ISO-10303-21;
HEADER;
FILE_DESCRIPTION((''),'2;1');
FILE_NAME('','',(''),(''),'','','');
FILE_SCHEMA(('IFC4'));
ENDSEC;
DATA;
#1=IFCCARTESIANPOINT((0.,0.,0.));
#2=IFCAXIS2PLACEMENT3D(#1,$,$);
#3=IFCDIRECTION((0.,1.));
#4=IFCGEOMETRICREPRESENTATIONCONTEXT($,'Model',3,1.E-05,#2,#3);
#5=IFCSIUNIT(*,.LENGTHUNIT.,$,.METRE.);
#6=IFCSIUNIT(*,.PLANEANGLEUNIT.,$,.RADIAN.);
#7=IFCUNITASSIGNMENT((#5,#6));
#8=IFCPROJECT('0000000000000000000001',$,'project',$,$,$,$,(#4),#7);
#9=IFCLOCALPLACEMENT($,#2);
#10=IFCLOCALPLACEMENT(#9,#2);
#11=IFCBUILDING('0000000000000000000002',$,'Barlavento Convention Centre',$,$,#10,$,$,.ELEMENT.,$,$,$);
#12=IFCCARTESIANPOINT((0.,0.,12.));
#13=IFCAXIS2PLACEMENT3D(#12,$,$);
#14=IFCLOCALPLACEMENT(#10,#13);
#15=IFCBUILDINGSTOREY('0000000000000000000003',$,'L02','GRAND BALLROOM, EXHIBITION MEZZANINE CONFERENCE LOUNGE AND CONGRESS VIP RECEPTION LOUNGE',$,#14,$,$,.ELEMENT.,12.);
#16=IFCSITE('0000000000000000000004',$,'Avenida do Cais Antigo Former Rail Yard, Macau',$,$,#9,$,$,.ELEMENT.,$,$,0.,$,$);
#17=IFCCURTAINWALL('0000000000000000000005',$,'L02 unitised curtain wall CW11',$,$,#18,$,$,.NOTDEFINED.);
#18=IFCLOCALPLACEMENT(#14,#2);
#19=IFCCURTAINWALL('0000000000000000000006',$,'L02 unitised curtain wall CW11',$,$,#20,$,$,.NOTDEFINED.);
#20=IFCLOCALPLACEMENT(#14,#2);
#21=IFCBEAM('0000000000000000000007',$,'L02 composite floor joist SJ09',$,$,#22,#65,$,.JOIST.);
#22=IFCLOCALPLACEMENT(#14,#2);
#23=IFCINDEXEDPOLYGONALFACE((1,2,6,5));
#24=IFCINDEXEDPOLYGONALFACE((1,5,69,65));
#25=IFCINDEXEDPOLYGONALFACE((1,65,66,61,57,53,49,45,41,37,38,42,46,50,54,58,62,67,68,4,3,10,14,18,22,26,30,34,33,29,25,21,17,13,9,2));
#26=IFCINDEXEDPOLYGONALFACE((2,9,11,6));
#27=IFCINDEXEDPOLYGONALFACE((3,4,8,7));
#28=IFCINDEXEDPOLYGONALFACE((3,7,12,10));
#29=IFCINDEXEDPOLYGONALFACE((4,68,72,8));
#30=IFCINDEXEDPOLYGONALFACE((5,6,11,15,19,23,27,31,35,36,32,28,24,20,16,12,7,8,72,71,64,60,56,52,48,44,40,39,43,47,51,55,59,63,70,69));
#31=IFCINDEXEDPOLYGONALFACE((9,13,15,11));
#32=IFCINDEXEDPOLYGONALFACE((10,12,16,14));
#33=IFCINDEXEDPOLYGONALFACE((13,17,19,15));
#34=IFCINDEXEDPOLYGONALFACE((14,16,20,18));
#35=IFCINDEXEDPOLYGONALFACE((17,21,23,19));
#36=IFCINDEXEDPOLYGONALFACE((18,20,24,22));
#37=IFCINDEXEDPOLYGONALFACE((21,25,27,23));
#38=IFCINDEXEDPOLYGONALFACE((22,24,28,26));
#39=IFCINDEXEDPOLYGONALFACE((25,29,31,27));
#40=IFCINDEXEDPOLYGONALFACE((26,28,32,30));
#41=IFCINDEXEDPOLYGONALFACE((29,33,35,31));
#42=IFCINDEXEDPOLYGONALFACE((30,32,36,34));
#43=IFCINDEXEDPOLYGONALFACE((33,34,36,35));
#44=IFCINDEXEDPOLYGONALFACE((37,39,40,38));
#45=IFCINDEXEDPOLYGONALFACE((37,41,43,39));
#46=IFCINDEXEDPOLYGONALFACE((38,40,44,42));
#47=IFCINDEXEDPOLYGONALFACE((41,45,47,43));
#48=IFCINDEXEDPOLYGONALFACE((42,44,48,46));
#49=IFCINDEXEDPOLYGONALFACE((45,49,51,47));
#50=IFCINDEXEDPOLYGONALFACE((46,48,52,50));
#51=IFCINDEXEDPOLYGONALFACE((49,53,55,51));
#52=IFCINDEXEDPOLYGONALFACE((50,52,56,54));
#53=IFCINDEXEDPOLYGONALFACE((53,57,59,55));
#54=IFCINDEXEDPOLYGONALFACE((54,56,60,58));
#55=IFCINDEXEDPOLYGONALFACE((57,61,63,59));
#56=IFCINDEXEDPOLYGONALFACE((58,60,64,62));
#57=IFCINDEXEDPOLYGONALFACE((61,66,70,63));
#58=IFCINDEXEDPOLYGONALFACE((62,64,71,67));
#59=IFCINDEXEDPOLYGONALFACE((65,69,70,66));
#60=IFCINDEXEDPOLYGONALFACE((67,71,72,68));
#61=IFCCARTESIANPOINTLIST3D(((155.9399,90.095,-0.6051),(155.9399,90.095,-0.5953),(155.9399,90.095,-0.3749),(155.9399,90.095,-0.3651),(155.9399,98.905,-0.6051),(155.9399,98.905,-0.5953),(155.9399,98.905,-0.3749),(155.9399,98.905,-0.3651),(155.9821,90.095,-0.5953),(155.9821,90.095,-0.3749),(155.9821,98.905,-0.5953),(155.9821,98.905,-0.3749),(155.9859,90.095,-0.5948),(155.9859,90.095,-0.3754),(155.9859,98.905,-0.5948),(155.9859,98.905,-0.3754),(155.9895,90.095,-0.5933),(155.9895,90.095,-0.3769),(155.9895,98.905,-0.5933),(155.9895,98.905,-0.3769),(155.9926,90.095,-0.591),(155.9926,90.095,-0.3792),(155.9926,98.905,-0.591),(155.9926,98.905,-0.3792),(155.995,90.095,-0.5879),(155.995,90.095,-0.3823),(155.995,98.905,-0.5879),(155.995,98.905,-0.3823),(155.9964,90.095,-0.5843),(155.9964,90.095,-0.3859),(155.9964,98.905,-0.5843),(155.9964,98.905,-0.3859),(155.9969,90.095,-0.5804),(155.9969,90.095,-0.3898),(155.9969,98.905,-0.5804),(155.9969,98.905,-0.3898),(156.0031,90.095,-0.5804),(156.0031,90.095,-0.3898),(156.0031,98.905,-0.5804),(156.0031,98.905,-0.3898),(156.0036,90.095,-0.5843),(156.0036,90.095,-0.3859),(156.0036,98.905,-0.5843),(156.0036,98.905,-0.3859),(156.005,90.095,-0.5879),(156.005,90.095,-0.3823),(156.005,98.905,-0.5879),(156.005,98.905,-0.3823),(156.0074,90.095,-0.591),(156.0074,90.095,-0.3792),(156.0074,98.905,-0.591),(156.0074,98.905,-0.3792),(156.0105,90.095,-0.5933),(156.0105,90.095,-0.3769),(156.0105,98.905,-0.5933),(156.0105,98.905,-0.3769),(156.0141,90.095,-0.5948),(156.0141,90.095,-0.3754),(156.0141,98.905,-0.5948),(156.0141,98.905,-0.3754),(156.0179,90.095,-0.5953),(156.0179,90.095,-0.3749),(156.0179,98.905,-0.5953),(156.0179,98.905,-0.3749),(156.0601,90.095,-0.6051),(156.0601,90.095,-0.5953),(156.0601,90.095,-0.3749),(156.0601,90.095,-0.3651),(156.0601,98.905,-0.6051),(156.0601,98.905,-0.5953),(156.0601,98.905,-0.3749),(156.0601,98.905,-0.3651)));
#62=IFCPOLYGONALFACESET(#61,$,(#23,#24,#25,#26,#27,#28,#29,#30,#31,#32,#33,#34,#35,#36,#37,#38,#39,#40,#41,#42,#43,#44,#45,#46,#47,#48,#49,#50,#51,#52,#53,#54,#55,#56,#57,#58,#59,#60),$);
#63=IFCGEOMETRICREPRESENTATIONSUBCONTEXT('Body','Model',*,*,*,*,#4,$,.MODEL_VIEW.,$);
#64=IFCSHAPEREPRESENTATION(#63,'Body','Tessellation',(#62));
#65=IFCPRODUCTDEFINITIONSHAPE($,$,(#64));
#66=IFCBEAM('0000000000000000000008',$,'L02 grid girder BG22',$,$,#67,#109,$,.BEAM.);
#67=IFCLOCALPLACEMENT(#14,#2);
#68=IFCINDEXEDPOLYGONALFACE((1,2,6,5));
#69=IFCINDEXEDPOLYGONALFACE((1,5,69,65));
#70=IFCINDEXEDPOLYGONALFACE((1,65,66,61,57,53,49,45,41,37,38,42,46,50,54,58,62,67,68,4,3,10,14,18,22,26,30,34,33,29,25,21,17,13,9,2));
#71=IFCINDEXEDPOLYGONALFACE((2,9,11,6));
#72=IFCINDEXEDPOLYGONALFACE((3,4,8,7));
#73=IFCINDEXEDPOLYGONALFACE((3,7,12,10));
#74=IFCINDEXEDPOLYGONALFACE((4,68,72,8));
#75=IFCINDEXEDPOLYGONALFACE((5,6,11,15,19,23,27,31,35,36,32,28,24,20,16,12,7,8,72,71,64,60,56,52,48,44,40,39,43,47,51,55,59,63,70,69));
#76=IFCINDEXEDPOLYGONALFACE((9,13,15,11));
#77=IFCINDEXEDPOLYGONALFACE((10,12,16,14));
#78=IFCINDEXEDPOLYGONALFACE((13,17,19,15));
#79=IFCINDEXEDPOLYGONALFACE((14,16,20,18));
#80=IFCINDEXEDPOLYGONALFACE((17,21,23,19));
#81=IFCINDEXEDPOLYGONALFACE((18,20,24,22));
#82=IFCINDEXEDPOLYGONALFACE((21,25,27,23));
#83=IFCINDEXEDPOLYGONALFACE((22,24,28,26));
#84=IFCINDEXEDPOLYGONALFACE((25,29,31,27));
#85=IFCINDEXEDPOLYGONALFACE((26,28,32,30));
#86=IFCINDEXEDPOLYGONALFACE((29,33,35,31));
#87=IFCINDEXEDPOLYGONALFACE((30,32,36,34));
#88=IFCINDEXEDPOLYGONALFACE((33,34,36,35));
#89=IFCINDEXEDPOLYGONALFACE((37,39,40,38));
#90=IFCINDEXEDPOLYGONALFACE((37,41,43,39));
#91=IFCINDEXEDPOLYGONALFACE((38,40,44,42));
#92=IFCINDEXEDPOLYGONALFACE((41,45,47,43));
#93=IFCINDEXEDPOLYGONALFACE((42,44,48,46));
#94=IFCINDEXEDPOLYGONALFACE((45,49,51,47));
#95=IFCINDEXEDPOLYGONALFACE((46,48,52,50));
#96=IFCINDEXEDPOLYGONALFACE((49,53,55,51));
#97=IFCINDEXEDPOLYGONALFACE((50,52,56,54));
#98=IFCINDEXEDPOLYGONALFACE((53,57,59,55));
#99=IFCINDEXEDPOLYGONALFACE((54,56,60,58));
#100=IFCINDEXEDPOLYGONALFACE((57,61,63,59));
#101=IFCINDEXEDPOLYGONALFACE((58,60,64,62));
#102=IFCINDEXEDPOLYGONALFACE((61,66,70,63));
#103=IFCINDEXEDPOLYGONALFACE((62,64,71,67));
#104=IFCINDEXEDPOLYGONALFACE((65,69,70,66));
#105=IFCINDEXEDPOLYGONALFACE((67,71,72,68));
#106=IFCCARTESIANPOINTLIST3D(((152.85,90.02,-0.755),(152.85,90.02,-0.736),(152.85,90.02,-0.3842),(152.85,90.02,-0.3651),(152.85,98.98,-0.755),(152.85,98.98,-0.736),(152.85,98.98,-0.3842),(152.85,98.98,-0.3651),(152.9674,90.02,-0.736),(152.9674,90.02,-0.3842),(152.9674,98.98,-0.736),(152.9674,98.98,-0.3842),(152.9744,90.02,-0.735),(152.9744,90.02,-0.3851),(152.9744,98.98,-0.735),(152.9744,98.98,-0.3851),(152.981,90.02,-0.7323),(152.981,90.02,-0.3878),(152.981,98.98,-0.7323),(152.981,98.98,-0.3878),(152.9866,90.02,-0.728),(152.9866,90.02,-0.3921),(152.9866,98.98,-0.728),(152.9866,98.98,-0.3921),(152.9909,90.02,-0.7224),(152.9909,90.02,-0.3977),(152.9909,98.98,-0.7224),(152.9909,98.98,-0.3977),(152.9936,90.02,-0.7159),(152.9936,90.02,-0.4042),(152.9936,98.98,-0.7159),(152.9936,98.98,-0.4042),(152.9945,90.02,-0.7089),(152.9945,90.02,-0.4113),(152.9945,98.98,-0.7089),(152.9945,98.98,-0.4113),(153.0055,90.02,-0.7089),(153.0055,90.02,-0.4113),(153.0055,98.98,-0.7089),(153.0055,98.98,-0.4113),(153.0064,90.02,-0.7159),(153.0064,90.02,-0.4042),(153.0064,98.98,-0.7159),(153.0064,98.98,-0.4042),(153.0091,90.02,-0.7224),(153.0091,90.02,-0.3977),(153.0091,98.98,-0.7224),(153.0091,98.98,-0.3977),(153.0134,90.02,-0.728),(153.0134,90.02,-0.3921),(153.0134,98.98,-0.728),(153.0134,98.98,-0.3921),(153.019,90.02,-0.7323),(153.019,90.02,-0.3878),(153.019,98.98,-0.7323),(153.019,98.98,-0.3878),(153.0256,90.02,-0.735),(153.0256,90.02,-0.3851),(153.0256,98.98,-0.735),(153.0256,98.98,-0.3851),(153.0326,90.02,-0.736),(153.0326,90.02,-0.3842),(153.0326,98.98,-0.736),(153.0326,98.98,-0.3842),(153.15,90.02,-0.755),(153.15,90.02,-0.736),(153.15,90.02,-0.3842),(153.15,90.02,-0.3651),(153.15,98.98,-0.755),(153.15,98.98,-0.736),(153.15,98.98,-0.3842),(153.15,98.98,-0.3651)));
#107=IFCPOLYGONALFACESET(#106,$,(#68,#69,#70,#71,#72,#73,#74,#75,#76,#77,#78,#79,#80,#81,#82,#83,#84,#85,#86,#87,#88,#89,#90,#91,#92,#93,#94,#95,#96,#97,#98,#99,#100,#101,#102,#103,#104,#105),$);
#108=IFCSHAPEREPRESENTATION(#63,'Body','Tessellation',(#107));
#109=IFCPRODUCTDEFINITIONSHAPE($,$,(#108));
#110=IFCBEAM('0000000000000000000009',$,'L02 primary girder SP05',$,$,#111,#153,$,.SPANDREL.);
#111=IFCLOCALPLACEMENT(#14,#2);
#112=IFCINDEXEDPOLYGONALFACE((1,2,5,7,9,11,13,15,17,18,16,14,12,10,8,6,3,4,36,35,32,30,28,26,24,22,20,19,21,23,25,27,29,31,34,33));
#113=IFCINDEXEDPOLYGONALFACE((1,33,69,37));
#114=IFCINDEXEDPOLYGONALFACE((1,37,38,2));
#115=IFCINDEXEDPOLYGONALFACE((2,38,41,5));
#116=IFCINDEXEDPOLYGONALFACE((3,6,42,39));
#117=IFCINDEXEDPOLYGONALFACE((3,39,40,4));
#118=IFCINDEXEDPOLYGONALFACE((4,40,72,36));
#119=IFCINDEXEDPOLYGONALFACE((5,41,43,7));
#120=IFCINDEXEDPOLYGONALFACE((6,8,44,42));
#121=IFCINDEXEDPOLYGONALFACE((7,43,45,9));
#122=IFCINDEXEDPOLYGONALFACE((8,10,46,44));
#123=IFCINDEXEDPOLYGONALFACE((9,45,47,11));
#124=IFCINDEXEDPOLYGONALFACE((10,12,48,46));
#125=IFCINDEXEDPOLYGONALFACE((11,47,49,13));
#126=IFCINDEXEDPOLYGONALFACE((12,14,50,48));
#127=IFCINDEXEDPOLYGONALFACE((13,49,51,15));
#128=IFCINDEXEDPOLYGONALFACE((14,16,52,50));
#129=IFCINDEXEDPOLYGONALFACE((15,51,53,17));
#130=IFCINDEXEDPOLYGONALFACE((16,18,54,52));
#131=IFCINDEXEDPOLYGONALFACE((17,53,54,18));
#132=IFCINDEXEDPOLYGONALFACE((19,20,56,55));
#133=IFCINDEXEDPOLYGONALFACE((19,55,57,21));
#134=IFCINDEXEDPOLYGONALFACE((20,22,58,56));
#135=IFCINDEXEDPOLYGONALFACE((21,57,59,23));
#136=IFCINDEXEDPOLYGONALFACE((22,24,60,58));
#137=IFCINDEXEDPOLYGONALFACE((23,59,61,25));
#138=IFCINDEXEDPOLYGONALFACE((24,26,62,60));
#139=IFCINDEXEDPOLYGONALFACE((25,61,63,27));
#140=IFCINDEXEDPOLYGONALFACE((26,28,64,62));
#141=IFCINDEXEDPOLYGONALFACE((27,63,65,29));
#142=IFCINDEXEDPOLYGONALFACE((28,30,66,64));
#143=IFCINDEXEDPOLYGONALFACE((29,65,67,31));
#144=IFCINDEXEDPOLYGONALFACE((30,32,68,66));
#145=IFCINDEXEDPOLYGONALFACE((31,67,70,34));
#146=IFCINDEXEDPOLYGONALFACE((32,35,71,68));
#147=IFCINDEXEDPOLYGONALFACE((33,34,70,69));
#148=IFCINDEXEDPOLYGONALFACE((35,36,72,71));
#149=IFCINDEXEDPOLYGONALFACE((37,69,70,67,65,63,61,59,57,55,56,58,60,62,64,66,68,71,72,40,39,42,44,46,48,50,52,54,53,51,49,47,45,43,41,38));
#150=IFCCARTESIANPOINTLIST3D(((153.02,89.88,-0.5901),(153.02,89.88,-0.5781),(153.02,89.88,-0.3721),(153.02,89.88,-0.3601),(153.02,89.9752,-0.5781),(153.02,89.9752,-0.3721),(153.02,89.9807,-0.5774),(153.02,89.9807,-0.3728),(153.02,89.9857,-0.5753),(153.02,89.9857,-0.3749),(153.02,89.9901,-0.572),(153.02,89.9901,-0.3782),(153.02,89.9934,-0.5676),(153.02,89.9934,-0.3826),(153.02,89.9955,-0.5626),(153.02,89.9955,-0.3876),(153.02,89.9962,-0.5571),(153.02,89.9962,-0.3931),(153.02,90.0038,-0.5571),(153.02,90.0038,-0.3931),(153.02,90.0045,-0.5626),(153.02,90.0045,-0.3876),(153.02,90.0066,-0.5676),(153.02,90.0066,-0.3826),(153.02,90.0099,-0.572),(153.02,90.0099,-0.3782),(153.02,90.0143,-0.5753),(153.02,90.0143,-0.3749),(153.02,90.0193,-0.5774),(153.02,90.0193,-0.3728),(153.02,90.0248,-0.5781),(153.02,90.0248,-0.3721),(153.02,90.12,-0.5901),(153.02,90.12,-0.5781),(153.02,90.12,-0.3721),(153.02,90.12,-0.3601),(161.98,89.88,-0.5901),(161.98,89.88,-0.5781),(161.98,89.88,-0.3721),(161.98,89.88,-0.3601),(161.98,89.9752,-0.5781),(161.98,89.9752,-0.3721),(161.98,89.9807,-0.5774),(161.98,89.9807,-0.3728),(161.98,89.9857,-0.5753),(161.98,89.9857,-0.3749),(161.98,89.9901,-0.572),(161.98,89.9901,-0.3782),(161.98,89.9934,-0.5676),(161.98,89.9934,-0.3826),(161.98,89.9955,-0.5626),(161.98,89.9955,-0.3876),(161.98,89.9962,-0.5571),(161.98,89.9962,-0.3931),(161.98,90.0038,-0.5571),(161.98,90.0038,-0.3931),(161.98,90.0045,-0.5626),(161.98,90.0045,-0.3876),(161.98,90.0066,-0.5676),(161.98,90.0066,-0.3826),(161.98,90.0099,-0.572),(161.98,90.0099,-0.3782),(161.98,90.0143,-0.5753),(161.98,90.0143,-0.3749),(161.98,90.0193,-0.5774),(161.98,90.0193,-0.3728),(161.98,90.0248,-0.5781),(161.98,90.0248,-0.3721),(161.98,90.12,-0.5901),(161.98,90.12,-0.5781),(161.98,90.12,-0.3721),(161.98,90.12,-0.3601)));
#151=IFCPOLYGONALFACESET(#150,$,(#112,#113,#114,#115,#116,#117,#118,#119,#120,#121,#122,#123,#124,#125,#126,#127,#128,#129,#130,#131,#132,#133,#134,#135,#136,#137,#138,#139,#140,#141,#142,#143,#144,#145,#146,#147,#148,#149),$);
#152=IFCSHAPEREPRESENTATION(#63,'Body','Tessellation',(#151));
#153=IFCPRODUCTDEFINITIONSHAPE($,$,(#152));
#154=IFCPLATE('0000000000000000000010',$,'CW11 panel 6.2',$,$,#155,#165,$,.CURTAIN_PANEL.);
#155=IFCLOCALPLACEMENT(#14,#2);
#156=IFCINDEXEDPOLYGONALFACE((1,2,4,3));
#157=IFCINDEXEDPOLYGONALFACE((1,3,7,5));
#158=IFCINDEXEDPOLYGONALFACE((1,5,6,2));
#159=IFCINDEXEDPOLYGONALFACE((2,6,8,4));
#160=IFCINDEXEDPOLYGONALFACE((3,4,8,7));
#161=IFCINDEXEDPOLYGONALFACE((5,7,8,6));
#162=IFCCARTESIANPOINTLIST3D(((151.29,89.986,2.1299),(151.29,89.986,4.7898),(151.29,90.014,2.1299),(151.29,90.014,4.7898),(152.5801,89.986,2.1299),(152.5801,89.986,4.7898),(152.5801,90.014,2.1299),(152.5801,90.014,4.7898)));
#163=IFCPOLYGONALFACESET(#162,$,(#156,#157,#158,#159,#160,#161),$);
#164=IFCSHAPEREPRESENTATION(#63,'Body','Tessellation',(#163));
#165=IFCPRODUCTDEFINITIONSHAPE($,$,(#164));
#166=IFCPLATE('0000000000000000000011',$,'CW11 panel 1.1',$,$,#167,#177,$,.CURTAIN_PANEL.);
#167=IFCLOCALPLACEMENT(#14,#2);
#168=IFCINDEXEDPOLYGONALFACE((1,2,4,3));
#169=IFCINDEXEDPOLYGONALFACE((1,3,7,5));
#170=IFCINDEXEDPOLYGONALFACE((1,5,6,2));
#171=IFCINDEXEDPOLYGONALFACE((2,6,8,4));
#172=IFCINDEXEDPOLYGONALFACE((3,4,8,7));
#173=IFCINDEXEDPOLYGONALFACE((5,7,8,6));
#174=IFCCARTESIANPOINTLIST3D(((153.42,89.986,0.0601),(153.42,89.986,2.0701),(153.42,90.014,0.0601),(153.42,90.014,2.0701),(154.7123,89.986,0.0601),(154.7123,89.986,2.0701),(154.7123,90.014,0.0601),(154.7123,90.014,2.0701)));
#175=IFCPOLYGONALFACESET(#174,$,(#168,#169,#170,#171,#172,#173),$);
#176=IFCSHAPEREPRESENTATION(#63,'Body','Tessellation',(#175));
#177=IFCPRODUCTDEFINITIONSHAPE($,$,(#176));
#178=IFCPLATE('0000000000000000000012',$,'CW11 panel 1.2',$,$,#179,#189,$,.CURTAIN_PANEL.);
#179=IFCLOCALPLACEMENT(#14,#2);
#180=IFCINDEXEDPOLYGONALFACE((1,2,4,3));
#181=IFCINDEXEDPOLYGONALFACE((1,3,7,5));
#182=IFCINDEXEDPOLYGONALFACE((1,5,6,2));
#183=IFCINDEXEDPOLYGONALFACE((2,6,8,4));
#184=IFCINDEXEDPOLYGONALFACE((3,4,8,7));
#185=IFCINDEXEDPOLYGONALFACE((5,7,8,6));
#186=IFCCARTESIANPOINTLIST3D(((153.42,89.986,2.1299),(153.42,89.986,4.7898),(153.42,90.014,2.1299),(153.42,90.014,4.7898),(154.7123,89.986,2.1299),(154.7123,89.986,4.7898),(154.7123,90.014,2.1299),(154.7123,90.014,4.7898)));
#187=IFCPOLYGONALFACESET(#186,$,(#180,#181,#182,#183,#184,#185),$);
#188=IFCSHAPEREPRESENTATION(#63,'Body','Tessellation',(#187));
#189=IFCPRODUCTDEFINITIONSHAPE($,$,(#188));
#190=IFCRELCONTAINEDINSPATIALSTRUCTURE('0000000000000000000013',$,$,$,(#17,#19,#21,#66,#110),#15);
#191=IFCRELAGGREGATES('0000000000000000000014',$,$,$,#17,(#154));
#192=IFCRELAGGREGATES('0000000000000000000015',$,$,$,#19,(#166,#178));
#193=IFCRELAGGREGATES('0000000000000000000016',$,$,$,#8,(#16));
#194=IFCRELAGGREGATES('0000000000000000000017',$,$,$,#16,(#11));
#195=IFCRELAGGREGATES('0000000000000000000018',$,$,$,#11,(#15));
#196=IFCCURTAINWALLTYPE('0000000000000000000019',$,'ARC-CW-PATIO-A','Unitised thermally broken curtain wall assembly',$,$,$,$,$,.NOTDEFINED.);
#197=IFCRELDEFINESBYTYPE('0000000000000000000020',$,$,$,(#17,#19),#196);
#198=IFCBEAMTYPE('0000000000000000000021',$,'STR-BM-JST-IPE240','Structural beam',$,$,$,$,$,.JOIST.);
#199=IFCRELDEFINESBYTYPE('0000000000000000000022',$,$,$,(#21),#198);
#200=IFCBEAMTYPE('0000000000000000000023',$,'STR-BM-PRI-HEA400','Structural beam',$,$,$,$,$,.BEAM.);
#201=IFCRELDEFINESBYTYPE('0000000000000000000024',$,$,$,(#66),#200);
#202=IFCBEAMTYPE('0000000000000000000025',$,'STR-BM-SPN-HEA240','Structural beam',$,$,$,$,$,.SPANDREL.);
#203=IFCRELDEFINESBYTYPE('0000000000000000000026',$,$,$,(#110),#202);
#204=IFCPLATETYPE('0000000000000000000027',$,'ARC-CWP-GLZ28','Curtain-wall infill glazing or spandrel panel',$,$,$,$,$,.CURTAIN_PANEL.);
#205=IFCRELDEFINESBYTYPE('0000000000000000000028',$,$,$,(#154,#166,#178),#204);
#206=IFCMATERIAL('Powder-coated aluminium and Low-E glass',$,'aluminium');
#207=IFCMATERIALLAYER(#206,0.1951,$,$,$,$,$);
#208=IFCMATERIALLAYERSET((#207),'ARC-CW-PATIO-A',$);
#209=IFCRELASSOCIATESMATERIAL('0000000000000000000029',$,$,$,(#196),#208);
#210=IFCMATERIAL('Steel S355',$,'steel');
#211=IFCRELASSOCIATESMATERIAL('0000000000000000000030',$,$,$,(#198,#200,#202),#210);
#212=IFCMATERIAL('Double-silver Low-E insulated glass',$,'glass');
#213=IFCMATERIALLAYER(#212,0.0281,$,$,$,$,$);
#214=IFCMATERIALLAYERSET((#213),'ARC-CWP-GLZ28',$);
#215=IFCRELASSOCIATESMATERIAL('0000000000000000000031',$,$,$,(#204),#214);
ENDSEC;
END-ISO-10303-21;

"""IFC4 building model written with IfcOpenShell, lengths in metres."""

from ifc_helpers import new_model, si_unit, direction, frame, origin, origin_2d, place, context, subcontext, project, spatial, rectangle, i_section, extrude, material, layer, layer_set, material_profile, profile_set, type_object, element, aggregate, save


model = new_model("IFC4")

# Units and contexts
model_context = context("Model", 3, precision=1e-05, world=origin(), true_north=direction((0.0, 1.0)))
body_context = subcontext(model_context, "Body", "Model", "MODEL_VIEW")
ifc_project = project(units=[si_unit("LENGTHUNIT", "METRE"), si_unit("PLANEANGLEUNIT", "RADIAN")], contexts=[model_context])

# Site, building, storey
site_placement = place(None, origin())
site = spatial("IfcSite", under=ifc_project, at=site_placement, Name="Avenida do Cais Antigo Former Rail Yard, Macau", CompositionType="ELEMENT", RefElevation=0.0)
building_placement = place(site_placement, origin())
building = spatial("IfcBuilding", under=site, at=building_placement, Name="Barlavento Convention Centre", CompositionType="ELEMENT")
storey_placement = place(building_placement, frame((0.0, 0.0, 12.0)))
storey = spatial("IfcBuildingStorey", under=building, at=storey_placement, Name="L02", Description="GRAND BALLROOM, EXHIBITION MEZZANINE CONFERENCE LOUNGE AND CONGRESS VIP RECEPTION LOUNGE", CompositionType="ELEMENT", Elevation=12.0)

# Curtain wall
ifc_material_1 = material(Name="Powder-coated aluminium and Low-E glass", Category="aluminium")
ifc_layer_1 = layer(ifc_material_1, 0.1951)
ifc_layer_set_1 = layer_set([ifc_layer_1], Name="ARC-CW-PATIO-A")
curtain_wall_type = type_object("IfcCurtainWallType", Name="ARC-CW-PATIO-A", Description="Unitised thermally broken curtain wall assembly", PredefinedType="NOTDEFINED", material=ifc_layer_set_1)
curtain_wall_1_placement = place(storey_placement, origin())
curtain_wall_1 = element("IfcCurtainWall", 1, at=curtain_wall_1_placement, inside=storey, type_object=curtain_wall_type, Name="L02 unitised curtain wall CW11", PredefinedType="NOTDEFINED")

# Curtain wall
curtain_wall_2_placement = place(storey_placement, origin())
curtain_wall_2 = element("IfcCurtainWall", 2, at=curtain_wall_2_placement, inside=storey, type_object=curtain_wall_type, Name="L02 unitised curtain wall CW11", PredefinedType="NOTDEFINED")

# Beams
ifc_material_2 = material(Name="Steel S355", Category="steel")
ifc_material_profile_1 = material_profile(ifc_material_2, i_section(OverallWidth=0.1201, OverallDepth=0.24, WebThickness=0.0061, FlangeThickness=0.0098, FilletRadius=0.0149, at=origin_2d()), Name="IPE 240")
ifc_profile_set_1 = profile_set([ifc_material_profile_1], Name="Steel S355")
beam_type_1 = type_object("IfcBeamType", Name="STR-BM-JST-IPE240", Description="Structural beam", PredefinedType="JOIST", material=ifc_profile_set_1)
beam_1_placement = place(storey_placement, frame((156.0, 90.095, -0.4851), z_axis=(0.0, 1.0, 0.0), x_axis=(-1.0, 0.0, 0.0)))
element("IfcBeam", 3, at=beam_1_placement, inside=storey, type_object=beam_type_1, Name="L02 composite floor joist SJ09", PredefinedType="JOIST", context=body_context, shape_type="SweptSolid", body=[
    extrude(i_section(OverallWidth=0.1201, OverallDepth=0.24, WebThickness=0.0061, FlangeThickness=0.0098, FilletRadius=0.0149, at=origin_2d()), origin(), (0.0, 0.0, 1.0), 8.8101),
])
ifc_material_profile_2 = material_profile(ifc_material_2, i_section(OverallWidth=0.3, OverallDepth=0.3899, WebThickness=0.011, FlangeThickness=0.019, FilletRadius=0.0271, at=origin_2d()), Name="HEA 400")
ifc_profile_set_2 = profile_set([ifc_material_profile_2], Name="Steel S355")
beam_type_2 = type_object("IfcBeamType", Name="STR-BM-PRI-HEA400", Description="Structural beam", PredefinedType="BEAM", material=ifc_profile_set_2)
beam_2_placement = place(storey_placement, frame((153.0, 90.02, -0.5601), z_axis=(0.0, 1.0, 0.0), x_axis=(-1.0, 0.0, 0.0)))
element("IfcBeam", 4, at=beam_2_placement, inside=storey, type_object=beam_type_2, Name="L02 grid girder BG22", PredefinedType="BEAM", context=body_context, shape_type="SweptSolid", body=[
    extrude(i_section(OverallWidth=0.3, OverallDepth=0.3899, WebThickness=0.011, FlangeThickness=0.019, FilletRadius=0.0271, at=origin_2d()), origin(), (0.0, 0.0, 1.0), 8.96),
])
ifc_material_profile_3 = material_profile(ifc_material_2, i_section(OverallWidth=0.24, OverallDepth=0.23, WebThickness=0.0076, FlangeThickness=0.012, FilletRadius=0.021, at=origin_2d()), Name="HEA 240")
ifc_profile_set_3 = profile_set([ifc_material_profile_3], Name="Steel S355")
beam_type_3 = type_object("IfcBeamType", Name="STR-BM-SPN-HEA240", Description="Structural beam", PredefinedType="SPANDREL", material=ifc_profile_set_3)
beam_3_placement = place(storey_placement, frame((153.02, 90.0, -0.4751), z_axis=(1.0, 0.0, 0.0), x_axis=(0.0, 1.0, 0.0)))
element("IfcBeam", 5, at=beam_3_placement, inside=storey, type_object=beam_type_3, Name="L02 primary girder SP05", PredefinedType="SPANDREL", context=body_context, shape_type="SweptSolid", body=[
    extrude(i_section(OverallWidth=0.24, OverallDepth=0.23, WebThickness=0.0076, FlangeThickness=0.012, FilletRadius=0.021, at=origin_2d()), origin(), (0.0, 0.0, 1.0), 8.96),
])

# Plates
ifc_material_3 = material(Name="Double-silver Low-E insulated glass", Category="glass")
ifc_layer_2 = layer(ifc_material_3, 0.0281)
ifc_layer_set_2 = layer_set([ifc_layer_2], Name="ARC-CWP-GLZ28")
plate_type = type_object("IfcPlateType", Name="ARC-CWP-GLZ28", Description="Curtain-wall infill glazing or spandrel panel", PredefinedType="CURTAIN_PANEL", material=ifc_layer_set_2)
plate_1_placement = place(storey_placement, frame((151.9351, 90.0, 2.1299), z_axis=(0.0, 0.0, 1.0), x_axis=(1.0, 0.0, 0.0)))
plate_1 = element("IfcPlate", 6, at=plate_1_placement, type_object=plate_type, Name="CW11 panel 6.2", PredefinedType="CURTAIN_PANEL", context=body_context, shape_type="SweptSolid", body=[
    extrude(rectangle(XDim=1.29, YDim=0.0281, at=origin_2d()), origin(), (0.0, 0.0, 1.0), 2.6599),
])
aggregate(curtain_wall_1, [plate_1])
plate_2_placement = place(storey_placement, frame((154.0662, 90.0, 0.0601), z_axis=(0.0, 0.0, 1.0), x_axis=(1.0, 0.0, 0.0)))
plate_2 = element("IfcPlate", 7, at=plate_2_placement, type_object=plate_type, Name="CW11 panel 1.1", PredefinedType="CURTAIN_PANEL", context=body_context, shape_type="SweptSolid", body=[
    extrude(rectangle(XDim=1.2922, YDim=0.0281, at=origin_2d()), origin(), (0.0, 0.0, 1.0), 2.01),
])
plate_3_placement = place(storey_placement, frame((154.0662, 90.0, 2.1299), z_axis=(0.0, 0.0, 1.0), x_axis=(1.0, 0.0, 0.0)))
plate_3 = element("IfcPlate", 8, at=plate_3_placement, type_object=plate_type, Name="CW11 panel 1.2", PredefinedType="CURTAIN_PANEL", context=body_context, shape_type="SweptSolid", body=[
    extrude(rectangle(XDim=1.2922, YDim=0.0281, at=origin_2d()), origin(), (0.0, 0.0, 1.0), 2.6599),
])
aggregate(curtain_wall_2, [plate_2, plate_3])

save(model, "model.ifc")
